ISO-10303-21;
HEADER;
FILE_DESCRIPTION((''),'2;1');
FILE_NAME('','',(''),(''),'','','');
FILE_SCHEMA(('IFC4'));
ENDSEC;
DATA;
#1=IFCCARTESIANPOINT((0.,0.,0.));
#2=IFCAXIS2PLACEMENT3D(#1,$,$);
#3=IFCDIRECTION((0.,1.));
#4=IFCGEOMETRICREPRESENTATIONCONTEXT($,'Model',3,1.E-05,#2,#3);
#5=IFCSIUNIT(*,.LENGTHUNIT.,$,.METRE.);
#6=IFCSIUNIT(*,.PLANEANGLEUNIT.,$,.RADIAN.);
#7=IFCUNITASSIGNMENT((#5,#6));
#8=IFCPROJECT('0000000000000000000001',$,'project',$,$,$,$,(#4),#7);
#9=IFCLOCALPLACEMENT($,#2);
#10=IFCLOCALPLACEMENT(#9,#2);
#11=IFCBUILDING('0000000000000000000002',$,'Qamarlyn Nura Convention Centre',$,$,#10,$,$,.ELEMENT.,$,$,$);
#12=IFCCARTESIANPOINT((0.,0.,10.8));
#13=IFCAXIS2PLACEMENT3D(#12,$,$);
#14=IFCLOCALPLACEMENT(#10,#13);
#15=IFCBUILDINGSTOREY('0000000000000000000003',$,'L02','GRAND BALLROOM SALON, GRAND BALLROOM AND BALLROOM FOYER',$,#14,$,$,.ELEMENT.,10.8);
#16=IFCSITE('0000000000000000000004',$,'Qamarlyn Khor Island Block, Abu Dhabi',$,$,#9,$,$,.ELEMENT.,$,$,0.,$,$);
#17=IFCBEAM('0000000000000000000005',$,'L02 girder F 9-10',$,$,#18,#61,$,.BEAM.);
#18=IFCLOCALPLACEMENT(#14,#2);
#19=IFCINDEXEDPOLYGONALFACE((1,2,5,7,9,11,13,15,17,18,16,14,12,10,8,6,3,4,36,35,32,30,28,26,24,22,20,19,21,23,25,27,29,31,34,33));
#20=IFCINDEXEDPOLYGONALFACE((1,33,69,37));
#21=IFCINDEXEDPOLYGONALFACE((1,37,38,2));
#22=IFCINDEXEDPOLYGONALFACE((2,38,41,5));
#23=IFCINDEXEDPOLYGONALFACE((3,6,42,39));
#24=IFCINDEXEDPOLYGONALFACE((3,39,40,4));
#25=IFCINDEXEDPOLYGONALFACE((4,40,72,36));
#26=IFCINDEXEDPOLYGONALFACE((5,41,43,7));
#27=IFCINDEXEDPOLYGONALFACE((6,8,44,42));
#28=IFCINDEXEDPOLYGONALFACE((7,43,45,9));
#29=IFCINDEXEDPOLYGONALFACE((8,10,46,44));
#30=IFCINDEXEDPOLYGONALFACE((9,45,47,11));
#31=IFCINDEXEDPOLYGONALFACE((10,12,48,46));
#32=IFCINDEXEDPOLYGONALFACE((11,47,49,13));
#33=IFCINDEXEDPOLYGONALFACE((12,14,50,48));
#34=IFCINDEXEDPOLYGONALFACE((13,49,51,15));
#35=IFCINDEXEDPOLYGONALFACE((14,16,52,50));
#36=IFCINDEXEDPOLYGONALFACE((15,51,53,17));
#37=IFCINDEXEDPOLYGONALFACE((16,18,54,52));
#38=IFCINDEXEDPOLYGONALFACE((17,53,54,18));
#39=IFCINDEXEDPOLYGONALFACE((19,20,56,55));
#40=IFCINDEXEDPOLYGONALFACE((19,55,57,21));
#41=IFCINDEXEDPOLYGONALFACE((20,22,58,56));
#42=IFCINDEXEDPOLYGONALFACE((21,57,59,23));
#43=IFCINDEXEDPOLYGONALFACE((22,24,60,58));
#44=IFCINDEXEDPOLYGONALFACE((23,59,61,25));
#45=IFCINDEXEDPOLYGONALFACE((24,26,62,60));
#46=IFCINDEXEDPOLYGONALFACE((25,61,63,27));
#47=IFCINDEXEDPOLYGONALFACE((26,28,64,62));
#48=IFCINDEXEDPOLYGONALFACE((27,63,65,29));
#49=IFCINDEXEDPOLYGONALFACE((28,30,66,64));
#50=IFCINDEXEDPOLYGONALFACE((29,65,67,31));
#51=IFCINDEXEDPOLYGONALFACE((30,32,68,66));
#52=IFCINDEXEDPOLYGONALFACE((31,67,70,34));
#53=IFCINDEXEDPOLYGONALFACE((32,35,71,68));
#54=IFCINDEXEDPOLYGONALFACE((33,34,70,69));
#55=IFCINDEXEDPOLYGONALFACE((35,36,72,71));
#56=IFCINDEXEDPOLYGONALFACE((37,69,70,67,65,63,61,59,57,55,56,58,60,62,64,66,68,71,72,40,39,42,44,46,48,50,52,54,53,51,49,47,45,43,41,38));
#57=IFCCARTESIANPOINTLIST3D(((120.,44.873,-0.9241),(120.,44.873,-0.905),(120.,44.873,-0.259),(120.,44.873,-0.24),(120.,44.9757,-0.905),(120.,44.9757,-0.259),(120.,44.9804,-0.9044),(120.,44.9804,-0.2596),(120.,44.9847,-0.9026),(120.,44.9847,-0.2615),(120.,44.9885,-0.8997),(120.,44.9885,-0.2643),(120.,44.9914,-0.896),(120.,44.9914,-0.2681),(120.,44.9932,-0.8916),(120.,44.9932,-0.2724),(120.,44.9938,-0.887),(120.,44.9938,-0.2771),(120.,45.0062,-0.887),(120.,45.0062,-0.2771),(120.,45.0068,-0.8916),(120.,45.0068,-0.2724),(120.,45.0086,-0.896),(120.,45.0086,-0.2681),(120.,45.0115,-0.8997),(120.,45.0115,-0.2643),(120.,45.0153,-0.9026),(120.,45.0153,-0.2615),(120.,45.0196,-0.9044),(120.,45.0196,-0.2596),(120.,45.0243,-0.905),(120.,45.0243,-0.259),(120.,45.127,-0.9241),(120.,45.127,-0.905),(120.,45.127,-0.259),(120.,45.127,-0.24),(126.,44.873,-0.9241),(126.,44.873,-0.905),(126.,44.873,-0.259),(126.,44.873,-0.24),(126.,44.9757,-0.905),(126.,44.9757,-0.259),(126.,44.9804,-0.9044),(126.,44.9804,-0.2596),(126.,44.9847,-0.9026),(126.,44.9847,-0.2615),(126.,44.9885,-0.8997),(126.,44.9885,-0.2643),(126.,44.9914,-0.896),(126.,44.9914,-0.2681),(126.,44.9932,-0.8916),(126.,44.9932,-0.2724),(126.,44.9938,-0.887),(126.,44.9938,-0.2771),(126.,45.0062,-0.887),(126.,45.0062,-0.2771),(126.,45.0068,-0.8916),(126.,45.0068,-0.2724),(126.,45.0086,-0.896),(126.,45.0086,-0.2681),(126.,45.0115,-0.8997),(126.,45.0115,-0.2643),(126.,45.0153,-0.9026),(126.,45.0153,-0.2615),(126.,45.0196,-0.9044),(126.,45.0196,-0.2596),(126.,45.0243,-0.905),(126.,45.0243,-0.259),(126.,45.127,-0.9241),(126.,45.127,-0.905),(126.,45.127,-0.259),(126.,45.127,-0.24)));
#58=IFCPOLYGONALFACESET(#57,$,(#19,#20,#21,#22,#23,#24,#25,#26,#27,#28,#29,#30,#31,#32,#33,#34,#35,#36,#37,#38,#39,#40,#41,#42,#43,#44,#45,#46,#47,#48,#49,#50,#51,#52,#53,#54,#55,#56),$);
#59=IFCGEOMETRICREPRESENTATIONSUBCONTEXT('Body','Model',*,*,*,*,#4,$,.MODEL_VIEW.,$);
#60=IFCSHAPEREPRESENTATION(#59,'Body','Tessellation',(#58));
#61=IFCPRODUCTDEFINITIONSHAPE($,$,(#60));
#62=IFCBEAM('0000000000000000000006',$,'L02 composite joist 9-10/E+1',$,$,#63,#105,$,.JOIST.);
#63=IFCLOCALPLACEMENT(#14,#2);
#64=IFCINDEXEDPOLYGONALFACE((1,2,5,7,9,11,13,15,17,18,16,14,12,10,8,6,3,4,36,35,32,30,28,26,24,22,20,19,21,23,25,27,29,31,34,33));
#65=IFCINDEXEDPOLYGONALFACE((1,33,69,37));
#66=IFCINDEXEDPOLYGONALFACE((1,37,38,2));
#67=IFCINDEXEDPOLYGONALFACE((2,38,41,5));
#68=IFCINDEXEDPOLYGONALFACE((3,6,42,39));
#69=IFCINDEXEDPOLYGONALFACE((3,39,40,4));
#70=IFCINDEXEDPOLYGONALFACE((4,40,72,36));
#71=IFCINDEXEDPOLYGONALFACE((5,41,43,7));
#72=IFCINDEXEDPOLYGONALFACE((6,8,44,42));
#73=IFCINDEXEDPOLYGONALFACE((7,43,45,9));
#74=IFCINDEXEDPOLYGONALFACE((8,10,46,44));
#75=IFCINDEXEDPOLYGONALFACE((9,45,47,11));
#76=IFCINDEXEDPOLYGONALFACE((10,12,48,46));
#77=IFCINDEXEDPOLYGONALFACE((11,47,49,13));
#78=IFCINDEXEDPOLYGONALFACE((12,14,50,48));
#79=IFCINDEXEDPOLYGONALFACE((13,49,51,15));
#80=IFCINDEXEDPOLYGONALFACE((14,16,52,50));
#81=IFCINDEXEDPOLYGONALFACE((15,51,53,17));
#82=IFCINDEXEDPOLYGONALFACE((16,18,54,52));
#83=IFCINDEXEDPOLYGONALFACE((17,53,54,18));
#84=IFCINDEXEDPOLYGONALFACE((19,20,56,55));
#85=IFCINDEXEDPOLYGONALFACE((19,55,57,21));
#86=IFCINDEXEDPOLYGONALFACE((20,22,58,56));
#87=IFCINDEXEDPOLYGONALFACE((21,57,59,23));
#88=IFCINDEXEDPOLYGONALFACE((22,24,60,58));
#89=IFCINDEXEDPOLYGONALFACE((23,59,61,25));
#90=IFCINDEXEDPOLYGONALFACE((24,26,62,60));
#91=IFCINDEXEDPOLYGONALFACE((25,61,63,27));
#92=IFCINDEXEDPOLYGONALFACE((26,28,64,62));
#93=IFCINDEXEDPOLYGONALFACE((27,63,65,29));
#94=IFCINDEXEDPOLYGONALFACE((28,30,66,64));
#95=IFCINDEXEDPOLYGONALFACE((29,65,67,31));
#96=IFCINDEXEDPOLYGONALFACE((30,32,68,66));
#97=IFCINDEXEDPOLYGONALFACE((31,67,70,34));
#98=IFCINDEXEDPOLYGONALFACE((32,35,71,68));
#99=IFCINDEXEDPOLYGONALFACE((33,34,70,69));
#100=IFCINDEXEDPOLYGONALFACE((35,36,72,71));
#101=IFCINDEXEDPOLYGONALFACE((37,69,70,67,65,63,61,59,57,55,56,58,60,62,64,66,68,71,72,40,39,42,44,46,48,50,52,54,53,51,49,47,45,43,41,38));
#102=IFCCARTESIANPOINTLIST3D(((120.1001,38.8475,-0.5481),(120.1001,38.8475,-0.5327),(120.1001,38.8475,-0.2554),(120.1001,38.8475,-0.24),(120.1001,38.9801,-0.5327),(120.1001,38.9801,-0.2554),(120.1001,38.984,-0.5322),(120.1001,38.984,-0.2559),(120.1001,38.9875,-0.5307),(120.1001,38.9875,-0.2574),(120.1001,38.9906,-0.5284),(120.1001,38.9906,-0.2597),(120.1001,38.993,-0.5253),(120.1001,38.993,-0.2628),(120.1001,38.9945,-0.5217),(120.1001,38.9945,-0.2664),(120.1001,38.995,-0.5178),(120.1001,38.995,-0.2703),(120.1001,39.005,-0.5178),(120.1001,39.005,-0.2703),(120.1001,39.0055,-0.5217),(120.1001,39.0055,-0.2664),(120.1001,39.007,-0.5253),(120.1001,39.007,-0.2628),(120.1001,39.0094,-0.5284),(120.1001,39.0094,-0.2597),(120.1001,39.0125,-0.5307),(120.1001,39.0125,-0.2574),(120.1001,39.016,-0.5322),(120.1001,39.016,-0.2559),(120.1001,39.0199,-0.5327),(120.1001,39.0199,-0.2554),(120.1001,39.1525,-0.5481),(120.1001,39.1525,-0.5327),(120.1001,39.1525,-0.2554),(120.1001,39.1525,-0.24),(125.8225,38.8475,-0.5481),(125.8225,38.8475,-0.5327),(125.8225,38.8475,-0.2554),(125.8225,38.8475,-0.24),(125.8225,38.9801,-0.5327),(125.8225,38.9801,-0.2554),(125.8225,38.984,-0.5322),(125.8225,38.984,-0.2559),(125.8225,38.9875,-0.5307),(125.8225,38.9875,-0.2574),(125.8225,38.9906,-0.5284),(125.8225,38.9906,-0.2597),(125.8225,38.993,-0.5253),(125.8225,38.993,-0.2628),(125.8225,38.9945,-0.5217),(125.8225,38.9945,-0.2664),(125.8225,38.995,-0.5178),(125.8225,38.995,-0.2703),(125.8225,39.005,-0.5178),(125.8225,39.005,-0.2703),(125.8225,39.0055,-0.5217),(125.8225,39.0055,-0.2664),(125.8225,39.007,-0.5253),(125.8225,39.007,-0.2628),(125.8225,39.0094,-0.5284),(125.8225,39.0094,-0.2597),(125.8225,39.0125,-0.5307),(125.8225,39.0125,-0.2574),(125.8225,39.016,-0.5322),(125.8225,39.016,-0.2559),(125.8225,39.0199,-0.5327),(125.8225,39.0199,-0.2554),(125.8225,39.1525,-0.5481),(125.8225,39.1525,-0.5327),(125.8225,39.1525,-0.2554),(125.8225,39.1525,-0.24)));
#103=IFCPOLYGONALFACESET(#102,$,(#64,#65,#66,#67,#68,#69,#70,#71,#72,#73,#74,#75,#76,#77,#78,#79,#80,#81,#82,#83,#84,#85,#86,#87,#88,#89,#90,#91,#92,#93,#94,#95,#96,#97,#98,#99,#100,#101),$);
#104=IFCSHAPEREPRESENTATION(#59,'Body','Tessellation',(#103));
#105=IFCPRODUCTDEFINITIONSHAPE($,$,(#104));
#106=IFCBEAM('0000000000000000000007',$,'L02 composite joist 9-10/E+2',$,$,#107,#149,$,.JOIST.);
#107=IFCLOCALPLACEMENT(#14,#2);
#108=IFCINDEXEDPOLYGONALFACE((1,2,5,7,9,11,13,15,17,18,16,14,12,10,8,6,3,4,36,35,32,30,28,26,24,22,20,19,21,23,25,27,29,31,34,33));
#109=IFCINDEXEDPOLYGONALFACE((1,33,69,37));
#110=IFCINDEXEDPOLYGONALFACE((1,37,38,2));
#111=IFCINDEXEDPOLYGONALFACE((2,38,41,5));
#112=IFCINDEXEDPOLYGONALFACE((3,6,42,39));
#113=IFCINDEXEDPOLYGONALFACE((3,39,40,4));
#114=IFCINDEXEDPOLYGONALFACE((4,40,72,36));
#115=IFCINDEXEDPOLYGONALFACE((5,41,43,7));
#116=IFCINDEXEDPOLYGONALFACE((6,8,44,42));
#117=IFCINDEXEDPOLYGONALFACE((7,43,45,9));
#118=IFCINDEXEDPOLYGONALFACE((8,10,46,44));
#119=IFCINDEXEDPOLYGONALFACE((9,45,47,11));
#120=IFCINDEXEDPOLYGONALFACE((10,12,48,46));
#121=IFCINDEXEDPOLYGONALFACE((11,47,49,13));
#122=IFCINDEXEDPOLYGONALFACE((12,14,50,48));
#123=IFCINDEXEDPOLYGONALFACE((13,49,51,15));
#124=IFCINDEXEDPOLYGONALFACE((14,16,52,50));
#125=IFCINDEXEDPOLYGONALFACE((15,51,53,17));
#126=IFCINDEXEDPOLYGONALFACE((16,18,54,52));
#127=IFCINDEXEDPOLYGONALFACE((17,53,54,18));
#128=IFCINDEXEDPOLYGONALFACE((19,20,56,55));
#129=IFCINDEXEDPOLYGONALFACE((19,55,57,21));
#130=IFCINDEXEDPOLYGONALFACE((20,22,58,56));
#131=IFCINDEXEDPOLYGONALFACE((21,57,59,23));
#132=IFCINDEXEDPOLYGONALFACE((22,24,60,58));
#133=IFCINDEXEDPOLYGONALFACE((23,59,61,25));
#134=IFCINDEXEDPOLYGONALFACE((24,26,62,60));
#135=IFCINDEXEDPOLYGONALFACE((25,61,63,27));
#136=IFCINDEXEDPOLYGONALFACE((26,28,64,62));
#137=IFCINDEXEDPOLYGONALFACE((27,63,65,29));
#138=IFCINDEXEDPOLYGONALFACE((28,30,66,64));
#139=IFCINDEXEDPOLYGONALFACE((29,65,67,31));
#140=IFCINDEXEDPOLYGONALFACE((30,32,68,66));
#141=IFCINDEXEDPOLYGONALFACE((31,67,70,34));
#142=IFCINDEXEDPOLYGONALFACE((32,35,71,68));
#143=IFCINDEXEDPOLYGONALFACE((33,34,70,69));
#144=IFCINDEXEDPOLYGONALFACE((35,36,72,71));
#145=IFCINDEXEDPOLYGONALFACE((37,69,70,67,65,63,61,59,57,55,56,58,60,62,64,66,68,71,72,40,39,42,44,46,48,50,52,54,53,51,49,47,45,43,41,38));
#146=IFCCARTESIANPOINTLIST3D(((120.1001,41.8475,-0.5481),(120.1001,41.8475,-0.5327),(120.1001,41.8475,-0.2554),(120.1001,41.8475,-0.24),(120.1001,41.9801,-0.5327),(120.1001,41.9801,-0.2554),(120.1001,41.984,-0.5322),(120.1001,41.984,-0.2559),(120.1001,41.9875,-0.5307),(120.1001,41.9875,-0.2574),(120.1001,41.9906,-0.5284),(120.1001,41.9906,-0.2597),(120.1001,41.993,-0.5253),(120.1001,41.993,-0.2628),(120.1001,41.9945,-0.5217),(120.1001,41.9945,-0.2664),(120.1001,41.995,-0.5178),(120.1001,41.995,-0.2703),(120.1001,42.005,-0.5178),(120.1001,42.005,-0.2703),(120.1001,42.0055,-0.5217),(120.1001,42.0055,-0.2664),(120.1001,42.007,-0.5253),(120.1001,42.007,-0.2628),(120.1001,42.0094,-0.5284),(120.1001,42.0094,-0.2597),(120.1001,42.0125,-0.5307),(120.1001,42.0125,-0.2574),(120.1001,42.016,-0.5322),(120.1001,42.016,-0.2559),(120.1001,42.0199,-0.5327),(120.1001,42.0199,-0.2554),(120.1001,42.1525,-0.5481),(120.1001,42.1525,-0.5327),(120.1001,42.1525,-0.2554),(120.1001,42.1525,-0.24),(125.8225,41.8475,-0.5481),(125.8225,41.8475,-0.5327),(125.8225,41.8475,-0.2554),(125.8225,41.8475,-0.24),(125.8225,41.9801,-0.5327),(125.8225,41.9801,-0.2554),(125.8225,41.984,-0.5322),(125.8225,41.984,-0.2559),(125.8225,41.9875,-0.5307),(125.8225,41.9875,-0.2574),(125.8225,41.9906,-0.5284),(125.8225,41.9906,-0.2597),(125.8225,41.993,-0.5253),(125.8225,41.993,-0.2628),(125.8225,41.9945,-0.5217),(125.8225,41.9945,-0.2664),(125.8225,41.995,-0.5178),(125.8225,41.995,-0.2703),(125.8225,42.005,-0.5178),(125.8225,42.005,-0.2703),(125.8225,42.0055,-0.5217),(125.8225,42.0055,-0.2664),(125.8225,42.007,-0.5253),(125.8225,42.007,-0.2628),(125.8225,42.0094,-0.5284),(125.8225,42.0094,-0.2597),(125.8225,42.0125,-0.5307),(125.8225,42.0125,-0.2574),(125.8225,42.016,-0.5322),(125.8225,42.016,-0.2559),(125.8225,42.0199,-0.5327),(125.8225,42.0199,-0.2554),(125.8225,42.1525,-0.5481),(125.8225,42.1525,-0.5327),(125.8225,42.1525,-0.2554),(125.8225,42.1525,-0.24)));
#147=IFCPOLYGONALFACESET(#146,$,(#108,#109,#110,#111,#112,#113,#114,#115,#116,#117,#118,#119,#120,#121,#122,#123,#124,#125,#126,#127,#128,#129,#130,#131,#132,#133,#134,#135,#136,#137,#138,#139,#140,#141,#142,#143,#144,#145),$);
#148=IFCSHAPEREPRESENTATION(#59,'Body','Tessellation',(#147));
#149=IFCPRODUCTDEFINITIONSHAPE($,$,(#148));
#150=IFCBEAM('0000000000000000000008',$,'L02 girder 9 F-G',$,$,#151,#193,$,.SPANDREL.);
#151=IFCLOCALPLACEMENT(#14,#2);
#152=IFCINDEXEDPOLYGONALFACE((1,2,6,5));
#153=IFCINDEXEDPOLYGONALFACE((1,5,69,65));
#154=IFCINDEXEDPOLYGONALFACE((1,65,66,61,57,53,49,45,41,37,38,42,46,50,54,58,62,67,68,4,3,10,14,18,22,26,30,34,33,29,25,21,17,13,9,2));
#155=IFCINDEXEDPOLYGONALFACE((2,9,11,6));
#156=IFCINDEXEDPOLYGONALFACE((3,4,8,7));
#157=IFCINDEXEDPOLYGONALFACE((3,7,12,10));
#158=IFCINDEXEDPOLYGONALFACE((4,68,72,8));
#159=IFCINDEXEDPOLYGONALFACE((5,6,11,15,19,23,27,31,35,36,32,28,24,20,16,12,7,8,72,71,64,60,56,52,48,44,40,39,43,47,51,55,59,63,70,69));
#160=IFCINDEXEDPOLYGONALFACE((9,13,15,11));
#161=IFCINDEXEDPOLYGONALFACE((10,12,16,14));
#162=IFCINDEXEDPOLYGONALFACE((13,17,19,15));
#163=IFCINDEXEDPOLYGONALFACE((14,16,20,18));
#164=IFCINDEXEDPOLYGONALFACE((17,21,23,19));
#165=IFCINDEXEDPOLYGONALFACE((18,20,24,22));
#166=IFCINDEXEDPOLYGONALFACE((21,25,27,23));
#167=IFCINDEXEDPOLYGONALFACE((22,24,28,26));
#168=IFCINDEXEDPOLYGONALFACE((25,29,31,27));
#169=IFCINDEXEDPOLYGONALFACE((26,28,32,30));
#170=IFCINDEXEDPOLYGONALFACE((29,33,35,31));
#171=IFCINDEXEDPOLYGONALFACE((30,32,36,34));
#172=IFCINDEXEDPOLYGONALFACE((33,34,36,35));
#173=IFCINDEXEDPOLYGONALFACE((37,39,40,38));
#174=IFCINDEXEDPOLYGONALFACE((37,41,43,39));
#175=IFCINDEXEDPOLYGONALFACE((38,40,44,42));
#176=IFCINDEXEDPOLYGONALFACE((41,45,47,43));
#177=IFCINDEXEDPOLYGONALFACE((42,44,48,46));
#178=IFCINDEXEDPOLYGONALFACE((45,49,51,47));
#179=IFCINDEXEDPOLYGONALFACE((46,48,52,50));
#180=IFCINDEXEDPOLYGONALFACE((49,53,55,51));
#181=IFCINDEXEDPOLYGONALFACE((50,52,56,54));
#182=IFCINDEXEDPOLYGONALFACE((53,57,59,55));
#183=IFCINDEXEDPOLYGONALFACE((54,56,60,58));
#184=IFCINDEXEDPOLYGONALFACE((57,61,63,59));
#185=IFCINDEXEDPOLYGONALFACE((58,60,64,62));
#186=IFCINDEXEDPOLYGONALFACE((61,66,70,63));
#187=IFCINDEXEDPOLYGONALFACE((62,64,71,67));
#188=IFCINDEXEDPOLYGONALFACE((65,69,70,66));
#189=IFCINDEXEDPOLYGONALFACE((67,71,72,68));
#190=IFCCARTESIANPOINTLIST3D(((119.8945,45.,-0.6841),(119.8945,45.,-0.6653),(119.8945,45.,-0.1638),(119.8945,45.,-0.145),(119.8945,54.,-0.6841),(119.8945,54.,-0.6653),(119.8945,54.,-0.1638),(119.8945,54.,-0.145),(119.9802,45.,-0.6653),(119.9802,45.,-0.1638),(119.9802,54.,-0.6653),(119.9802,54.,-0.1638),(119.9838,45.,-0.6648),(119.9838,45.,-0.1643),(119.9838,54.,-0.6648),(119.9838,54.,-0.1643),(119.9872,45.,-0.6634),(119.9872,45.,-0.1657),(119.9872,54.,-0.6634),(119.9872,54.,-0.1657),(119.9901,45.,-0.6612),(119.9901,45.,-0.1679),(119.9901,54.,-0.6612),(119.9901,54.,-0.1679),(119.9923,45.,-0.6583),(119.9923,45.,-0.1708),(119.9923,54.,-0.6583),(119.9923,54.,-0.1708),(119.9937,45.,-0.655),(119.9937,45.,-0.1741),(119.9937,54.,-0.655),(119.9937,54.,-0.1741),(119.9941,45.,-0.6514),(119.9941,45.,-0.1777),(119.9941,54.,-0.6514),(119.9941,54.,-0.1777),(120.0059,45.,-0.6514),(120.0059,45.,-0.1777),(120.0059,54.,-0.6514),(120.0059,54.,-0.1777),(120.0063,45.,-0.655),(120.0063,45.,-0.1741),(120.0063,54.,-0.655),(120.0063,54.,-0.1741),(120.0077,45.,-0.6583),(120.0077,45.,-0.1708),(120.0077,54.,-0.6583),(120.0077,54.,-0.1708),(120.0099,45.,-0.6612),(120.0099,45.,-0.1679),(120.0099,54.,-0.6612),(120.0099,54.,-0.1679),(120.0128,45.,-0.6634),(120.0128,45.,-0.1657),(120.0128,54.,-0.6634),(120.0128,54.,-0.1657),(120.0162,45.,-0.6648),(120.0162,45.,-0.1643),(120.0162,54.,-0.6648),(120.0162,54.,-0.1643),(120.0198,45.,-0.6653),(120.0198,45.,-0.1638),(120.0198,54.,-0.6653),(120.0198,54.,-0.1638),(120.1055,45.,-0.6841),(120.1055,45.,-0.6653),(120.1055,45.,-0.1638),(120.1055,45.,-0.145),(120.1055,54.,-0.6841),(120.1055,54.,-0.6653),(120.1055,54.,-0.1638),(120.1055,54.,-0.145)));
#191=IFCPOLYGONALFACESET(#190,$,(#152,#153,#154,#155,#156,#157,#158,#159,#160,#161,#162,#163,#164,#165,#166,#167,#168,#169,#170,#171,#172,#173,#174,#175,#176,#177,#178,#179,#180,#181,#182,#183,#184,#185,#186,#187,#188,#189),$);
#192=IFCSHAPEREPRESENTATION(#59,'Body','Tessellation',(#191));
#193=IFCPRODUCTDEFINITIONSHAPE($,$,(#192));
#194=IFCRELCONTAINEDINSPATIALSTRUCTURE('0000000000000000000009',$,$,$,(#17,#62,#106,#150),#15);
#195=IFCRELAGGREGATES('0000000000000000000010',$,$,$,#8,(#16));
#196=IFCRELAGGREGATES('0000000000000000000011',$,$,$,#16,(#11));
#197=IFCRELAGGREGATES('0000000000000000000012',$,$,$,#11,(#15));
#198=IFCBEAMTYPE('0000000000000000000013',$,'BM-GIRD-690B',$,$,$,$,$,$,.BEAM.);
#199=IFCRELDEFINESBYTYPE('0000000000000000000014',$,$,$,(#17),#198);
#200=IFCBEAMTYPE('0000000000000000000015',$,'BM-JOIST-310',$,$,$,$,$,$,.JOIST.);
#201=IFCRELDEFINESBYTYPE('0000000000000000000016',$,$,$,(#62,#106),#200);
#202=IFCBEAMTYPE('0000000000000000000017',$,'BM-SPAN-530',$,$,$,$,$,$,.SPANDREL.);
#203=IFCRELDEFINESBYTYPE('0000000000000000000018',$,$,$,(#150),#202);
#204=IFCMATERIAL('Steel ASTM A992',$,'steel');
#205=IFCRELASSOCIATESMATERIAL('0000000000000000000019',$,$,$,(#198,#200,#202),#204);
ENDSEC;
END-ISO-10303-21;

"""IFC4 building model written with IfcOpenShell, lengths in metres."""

from ifc_helpers import new_model, si_unit, direction, frame, origin, origin_2d, place, context, subcontext, project, spatial, i_section, extrude, material, material_profile, profile_set, type_object, element, save


model = new_model("IFC4")

# Units and contexts
model_context = context("Model", 3, precision=1e-05, world=origin(), true_north=direction((0.0, 1.0)))
body_context = subcontext(model_context, "Body", "Model", "MODEL_VIEW")
ifc_project = project(units=[si_unit("LENGTHUNIT", "METRE"), si_unit("PLANEANGLEUNIT", "RADIAN")], contexts=[model_context])

# Site, building, storey
site_placement = place(None, origin())
site = spatial("IfcSite", under=ifc_project, at=site_placement, Name="Qamarlyn Khor Island Block, Abu Dhabi", CompositionType="ELEMENT", RefElevation=0.0)
building_placement = place(site_placement, origin())
building = spatial("IfcBuilding", under=site, at=building_placement, Name="Qamarlyn Nura Convention Centre", CompositionType="ELEMENT")
storey_placement = place(building_placement, frame((0.0, 0.0, 10.8)))
storey = spatial("IfcBuildingStorey", under=building, at=storey_placement, Name="L02", Description="GRAND BALLROOM SALON, GRAND BALLROOM AND BALLROOM FOYER", CompositionType="ELEMENT", Elevation=10.8)

# Beams
ifc_material_1 = material(Name="Steel ASTM A992", Category="steel")
ifc_material_profile_1 = material_profile(ifc_material_1, i_section(OverallWidth=0.2539, OverallDepth=0.6841, WebThickness=0.0125, FlangeThickness=0.019, FilletRadius=0.0181, at=origin_2d()), Name="W690X140")
ifc_profile_set_1 = profile_set([ifc_material_profile_1], Name="Steel ASTM A992")
beam_type_1 = type_object("IfcBeamType", Name="BM-GIRD-690B", PredefinedType="BEAM", material=ifc_profile_set_1)
beam_1_placement = place(storey_placement, frame((120.0, 45.0, -0.582), z_axis=(1.0, 0.0, 0.0), x_axis=(0.0, 1.0, 0.0)))
element("IfcBeam", 1, at=beam_1_placement, inside=storey, type_object=beam_type_1, Name="L02 girder F 9-10", PredefinedType="BEAM", context=body_context, shape_type="SweptSolid", body=[
    extrude(i_section(OverallWidth=0.2539, OverallDepth=0.6841, WebThickness=0.0125, FlangeThickness=0.019, FilletRadius=0.0181, at=origin_2d()), origin(), (0.0, 0.0, 1.0), 6.0),
])
ifc_material_profile_2 = material_profile(ifc_material_1, i_section(OverallWidth=0.3049, OverallDepth=0.3081, WebThickness=0.01, FlangeThickness=0.0154, FilletRadius=0.0149, at=origin_2d()), Name="W310X97")
ifc_profile_set_2 = profile_set([ifc_material_profile_2], Name="Steel ASTM A992")
beam_type_2 = type_object("IfcBeamType", Name="BM-JOIST-310", PredefinedType="JOIST", material=ifc_profile_set_2)
for number, where, z_axis, x_axis, name in (
    (2, (120.1001, 39.0, -0.394), (1.0, 0.0, 0.0), (0.0, 1.0, 0.0), "L02 composite joist 9-10/E+1"),
    (3, (120.1001, 42.0, -0.394), (1.0, 0.0, 0.0), (0.0, 1.0, 0.0), "L02 composite joist 9-10/E+2"),
):
    element("IfcBeam", number, at=place(storey_placement, frame(where, z_axis=z_axis, x_axis=x_axis)), inside=storey, type_object=beam_type_2, Name=name, PredefinedType="JOIST", context=body_context, shape_type="SweptSolid", body=[
        extrude(i_section(OverallWidth=0.3049, OverallDepth=0.3081, WebThickness=0.01, FlangeThickness=0.0154, FilletRadius=0.0149, at=origin_2d()), origin(), (0.0, 0.0, 1.0), 5.7224),
    ])
ifc_material_profile_3 = material_profile(ifc_material_1, i_section(OverallWidth=0.2109, OverallDepth=0.5391, WebThickness=0.0117, FlangeThickness=0.0188, FilletRadius=0.0139, at=origin_2d()), Name="W530X109")
ifc_profile_set_3 = profile_set([ifc_material_profile_3], Name="Steel ASTM A992")
beam_type_3 = type_object("IfcBeamType", Name="BM-SPAN-530", PredefinedType="SPANDREL", material=ifc_profile_set_3)
beam_2_placement = place(storey_placement, frame((120.0, 45.0, -0.4146), z_axis=(0.0, 1.0, 0.0), x_axis=(-1.0, 0.0, 0.0)))
element("IfcBeam", 4, at=beam_2_placement, inside=storey, type_object=beam_type_3, Name="L02 girder 9 F-G", PredefinedType="SPANDREL", context=body_context, shape_type="SweptSolid", body=[
    extrude(i_section(OverallWidth=0.2109, OverallDepth=0.5391, WebThickness=0.0117, FlangeThickness=0.0188, FilletRadius=0.0139, at=origin_2d()), origin(), (0.0, 0.0, 1.0), 9.0),
])

save(model, "model.ifc")
